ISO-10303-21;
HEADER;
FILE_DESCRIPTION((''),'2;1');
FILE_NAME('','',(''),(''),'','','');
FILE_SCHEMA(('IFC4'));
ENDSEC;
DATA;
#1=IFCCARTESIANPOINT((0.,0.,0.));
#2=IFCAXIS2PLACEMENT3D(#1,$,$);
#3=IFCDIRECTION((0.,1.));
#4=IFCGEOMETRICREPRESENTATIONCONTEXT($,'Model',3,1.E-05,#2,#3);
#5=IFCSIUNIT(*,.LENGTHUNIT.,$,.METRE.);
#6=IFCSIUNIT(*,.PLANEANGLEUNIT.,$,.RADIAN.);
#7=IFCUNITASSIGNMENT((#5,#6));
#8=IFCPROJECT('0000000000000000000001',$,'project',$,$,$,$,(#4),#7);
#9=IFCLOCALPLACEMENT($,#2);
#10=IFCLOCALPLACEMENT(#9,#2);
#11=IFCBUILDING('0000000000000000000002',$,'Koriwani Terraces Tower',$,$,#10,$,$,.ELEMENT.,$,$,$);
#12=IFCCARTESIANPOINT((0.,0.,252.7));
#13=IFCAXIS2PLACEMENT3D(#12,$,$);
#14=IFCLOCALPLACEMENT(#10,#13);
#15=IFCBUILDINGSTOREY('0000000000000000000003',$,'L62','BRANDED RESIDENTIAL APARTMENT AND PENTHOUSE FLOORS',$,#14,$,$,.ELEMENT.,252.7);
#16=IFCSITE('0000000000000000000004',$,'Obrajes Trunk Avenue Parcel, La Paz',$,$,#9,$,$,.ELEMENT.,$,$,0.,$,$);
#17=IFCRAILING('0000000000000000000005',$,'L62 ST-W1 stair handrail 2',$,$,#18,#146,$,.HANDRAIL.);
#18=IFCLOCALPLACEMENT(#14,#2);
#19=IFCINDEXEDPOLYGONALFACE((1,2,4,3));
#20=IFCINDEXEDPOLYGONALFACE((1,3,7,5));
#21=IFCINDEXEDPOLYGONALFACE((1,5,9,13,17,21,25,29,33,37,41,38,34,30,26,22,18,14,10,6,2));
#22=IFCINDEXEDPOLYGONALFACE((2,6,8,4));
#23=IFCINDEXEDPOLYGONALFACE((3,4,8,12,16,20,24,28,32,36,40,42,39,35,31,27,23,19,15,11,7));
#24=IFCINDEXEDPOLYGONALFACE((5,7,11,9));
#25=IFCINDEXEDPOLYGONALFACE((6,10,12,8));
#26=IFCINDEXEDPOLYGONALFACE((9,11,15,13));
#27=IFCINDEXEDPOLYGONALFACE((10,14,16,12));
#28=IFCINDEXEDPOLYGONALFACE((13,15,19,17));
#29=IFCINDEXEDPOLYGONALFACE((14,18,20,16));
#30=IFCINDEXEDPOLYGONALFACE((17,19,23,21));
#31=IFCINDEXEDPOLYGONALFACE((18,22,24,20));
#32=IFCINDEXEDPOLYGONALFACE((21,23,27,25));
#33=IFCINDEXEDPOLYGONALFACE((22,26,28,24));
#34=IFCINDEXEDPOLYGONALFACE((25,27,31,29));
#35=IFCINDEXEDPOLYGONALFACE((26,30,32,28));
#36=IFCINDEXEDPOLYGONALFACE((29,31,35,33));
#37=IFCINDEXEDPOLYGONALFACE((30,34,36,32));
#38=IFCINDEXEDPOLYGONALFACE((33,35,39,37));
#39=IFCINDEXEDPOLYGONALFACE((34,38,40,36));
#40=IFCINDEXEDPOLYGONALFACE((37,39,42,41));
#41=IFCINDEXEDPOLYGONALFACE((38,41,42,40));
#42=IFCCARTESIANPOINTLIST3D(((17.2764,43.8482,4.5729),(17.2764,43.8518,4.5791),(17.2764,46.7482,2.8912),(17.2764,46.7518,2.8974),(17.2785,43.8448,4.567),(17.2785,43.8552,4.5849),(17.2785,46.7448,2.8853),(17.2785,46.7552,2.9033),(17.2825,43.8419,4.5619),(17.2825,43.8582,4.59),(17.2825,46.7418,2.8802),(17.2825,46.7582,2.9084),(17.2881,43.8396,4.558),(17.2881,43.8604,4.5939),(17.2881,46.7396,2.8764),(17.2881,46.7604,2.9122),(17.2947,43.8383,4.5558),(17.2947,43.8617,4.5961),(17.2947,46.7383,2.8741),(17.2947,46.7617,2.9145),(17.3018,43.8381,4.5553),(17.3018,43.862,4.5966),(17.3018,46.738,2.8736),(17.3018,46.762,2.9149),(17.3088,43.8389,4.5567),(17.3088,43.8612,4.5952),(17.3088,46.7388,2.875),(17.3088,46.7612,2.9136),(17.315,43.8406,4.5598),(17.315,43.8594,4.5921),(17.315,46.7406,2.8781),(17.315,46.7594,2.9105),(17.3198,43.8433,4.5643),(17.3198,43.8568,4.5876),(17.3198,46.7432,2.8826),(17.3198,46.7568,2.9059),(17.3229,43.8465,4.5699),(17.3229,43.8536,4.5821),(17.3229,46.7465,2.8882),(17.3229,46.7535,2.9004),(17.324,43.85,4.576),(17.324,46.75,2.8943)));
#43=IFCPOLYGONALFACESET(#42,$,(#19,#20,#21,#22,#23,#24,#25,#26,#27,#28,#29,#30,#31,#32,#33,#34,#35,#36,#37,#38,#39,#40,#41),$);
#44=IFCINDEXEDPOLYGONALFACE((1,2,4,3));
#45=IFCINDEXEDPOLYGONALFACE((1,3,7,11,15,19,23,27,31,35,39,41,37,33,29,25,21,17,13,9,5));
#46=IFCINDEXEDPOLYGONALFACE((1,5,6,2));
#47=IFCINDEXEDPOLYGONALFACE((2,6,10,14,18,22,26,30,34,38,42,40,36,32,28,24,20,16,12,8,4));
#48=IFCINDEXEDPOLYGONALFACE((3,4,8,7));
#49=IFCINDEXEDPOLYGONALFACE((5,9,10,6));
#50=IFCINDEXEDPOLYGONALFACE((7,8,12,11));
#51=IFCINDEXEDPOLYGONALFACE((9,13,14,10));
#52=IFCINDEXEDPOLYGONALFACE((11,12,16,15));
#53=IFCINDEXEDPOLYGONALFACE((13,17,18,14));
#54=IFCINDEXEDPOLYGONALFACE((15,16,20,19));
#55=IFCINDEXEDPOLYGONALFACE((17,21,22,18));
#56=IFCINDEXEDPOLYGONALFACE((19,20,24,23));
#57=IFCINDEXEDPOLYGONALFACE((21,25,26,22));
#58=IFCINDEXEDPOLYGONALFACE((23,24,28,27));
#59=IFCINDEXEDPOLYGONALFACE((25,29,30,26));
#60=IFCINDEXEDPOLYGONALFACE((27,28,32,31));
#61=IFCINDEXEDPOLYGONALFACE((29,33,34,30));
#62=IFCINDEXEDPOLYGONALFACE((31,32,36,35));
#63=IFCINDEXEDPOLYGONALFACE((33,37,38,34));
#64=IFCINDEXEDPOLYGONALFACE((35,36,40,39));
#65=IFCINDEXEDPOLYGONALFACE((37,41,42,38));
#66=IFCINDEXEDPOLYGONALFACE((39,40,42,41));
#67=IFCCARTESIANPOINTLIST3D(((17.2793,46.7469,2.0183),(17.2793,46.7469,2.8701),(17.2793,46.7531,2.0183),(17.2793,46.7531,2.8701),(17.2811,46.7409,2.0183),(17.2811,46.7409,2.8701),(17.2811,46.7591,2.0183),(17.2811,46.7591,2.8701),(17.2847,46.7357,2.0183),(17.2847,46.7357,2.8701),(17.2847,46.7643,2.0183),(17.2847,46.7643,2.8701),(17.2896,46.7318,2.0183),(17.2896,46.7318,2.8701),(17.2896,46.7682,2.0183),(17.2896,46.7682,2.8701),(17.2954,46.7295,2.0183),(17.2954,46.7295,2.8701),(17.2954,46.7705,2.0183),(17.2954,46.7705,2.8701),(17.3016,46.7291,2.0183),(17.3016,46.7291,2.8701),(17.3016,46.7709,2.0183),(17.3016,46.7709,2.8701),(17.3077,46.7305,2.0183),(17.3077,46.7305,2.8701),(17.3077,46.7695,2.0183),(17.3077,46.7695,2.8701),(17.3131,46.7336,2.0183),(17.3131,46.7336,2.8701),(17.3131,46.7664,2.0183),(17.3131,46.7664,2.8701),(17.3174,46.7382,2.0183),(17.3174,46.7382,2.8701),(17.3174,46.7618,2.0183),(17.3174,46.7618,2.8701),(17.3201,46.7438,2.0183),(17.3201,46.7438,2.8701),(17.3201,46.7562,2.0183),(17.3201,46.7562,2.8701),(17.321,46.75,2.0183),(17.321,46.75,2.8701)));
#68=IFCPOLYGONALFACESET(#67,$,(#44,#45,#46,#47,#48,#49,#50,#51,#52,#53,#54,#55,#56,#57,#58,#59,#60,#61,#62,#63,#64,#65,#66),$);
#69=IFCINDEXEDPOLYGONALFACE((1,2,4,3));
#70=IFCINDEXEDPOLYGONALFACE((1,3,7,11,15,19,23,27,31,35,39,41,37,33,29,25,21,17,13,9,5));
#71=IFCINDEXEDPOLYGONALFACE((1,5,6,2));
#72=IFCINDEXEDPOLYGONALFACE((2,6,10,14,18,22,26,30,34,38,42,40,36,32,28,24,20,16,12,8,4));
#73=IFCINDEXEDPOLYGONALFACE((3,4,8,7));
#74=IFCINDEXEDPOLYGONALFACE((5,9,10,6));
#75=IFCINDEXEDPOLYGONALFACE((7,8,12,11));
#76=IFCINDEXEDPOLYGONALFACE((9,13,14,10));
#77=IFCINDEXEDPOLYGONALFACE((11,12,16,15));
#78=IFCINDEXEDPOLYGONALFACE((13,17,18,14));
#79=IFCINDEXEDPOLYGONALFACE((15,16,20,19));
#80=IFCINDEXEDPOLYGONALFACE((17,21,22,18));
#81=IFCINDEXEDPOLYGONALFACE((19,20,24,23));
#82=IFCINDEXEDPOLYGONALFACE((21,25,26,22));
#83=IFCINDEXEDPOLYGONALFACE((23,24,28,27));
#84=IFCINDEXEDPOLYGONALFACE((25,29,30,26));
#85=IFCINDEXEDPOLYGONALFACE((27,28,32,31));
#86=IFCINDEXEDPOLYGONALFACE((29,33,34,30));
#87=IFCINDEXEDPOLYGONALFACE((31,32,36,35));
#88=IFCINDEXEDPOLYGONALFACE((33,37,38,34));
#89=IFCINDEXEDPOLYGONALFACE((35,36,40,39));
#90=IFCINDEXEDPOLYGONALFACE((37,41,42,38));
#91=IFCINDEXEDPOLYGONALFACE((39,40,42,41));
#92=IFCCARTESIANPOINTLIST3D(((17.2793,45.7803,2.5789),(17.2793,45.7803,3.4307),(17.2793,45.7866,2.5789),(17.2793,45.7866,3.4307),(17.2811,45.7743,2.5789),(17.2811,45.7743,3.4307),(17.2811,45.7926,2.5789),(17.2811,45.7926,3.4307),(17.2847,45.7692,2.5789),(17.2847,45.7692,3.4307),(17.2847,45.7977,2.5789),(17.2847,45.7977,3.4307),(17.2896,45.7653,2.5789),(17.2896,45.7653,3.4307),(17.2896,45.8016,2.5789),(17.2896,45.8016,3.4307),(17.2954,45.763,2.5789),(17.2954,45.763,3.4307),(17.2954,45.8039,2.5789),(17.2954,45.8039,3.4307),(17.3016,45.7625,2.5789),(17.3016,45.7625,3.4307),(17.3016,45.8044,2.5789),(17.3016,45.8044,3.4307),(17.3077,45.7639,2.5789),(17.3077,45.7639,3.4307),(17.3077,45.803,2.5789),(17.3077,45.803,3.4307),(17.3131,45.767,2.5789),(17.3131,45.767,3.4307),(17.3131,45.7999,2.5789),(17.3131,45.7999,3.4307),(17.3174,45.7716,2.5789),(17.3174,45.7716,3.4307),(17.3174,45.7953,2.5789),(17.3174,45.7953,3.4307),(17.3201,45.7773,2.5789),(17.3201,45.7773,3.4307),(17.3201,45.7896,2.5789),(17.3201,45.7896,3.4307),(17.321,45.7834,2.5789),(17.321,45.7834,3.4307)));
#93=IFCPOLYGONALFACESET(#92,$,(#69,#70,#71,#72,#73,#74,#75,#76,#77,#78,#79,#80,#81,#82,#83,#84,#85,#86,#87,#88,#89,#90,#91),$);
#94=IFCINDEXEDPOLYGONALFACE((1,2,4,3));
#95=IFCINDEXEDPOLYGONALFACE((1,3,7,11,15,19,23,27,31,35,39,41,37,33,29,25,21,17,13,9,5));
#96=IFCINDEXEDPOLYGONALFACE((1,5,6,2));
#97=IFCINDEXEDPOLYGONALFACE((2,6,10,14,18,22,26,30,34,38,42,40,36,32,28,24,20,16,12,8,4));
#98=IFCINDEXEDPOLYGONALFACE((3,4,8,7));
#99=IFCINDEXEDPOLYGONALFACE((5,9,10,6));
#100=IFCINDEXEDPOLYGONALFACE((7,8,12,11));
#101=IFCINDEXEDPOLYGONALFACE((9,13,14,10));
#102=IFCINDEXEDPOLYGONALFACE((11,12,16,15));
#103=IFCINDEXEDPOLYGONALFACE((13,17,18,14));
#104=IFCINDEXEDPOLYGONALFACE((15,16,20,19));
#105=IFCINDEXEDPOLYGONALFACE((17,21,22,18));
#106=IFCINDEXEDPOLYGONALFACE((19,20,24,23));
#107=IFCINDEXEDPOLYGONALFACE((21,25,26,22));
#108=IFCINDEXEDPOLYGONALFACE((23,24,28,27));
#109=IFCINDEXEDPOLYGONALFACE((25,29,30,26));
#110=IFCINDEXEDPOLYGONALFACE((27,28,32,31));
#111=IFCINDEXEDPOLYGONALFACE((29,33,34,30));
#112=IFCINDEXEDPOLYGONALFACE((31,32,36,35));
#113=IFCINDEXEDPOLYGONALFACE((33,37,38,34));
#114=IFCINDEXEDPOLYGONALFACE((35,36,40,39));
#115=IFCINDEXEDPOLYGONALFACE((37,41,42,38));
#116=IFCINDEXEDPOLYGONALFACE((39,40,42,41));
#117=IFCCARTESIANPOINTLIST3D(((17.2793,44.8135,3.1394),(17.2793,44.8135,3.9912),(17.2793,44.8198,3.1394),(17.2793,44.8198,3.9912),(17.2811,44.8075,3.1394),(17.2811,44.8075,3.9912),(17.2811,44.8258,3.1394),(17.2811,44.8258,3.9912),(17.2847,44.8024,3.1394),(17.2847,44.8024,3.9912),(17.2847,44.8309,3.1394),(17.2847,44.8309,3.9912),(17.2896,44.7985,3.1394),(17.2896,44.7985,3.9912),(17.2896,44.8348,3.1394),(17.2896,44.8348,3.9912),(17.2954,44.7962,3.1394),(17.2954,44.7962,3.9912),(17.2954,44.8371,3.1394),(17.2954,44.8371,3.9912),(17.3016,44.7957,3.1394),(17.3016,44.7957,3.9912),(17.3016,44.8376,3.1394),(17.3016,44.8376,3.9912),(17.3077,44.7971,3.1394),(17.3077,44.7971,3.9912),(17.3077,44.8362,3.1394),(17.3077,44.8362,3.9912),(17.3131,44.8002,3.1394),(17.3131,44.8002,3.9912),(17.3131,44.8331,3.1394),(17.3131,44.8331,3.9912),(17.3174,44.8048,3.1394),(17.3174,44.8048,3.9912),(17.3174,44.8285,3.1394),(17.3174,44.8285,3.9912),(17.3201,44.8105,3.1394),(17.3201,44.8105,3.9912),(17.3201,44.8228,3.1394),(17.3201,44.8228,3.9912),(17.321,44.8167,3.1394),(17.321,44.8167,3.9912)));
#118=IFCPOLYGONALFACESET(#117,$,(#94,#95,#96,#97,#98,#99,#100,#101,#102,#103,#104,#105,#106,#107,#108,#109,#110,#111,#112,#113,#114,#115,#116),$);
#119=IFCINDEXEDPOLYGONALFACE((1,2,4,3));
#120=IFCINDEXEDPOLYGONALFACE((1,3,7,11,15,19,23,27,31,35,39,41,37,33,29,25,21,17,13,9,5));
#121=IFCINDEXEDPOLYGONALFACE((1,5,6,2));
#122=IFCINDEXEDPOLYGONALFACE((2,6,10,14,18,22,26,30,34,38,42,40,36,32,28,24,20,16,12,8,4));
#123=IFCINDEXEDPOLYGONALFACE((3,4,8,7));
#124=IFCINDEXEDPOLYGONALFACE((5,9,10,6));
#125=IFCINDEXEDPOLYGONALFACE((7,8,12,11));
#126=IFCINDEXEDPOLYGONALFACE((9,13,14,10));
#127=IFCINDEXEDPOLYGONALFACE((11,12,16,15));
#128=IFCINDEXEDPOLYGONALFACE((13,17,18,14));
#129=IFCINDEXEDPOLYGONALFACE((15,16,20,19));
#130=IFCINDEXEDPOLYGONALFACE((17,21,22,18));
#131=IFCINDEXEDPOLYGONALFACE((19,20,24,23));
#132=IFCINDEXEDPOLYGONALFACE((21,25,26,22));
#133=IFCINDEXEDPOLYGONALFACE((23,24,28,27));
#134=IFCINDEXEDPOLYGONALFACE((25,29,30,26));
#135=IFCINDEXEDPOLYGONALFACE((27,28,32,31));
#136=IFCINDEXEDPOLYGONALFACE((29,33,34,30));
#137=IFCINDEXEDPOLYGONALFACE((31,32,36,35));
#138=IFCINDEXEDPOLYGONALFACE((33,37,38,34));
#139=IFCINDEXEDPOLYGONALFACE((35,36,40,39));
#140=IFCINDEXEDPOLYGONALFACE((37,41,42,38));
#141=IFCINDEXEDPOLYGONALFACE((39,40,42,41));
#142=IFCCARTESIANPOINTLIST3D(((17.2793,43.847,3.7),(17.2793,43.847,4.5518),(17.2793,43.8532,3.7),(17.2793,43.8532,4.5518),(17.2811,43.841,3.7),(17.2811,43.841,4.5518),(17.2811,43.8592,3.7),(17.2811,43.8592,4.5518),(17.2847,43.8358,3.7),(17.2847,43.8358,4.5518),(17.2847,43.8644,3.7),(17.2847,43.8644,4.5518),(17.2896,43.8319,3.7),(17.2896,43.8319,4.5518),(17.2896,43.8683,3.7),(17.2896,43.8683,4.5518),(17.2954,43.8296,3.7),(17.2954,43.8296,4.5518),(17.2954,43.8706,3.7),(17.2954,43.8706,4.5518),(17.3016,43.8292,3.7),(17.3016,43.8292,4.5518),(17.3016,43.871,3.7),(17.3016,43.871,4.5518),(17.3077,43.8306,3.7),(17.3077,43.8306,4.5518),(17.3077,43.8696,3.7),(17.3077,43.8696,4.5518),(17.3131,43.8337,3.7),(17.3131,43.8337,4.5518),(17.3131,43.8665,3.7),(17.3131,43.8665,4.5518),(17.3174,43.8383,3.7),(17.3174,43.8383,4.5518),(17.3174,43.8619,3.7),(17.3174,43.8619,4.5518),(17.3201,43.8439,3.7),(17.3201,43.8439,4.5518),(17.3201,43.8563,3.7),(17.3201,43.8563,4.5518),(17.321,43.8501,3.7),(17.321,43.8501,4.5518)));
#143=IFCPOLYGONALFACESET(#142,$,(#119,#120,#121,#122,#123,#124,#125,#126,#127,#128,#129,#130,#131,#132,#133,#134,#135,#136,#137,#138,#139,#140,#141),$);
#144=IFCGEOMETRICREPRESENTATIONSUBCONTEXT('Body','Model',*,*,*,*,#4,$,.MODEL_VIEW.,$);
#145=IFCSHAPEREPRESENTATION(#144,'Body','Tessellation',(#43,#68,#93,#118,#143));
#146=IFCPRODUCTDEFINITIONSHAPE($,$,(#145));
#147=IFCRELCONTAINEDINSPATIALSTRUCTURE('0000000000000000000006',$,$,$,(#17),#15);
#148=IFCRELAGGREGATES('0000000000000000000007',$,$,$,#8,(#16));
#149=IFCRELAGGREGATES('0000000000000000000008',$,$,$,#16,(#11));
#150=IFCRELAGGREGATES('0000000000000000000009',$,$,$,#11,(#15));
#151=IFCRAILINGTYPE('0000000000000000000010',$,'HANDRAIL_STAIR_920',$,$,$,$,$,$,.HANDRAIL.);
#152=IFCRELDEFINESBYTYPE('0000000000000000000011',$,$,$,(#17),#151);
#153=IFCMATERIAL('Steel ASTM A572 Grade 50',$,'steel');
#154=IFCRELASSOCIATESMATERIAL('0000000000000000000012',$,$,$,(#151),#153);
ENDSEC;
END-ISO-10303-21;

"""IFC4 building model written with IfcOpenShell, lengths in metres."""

from ifc_helpers import new_model, si_unit, direction, frame, origin, origin_2d, place, context, subcontext, project, spatial, circle, extrude, material, type_object, element, save


model = new_model("IFC4")

# Units and contexts
model_context = context("Model", 3, precision=1e-05, world=origin(), true_north=direction((0.0, 1.0)))
body_context = subcontext(model_context, "Body", "Model", "MODEL_VIEW")
ifc_project = project(units=[si_unit("LENGTHUNIT", "METRE"), si_unit("PLANEANGLEUNIT", "RADIAN")], contexts=[model_context])

# Site, building, storey
site_placement = place(None, origin())
site = spatial("IfcSite", under=ifc_project, at=site_placement, Name="Obrajes Trunk Avenue Parcel, La Paz", CompositionType="ELEMENT", RefElevation=0.0)
building_placement = place(site_placement, origin())
building = spatial("IfcBuilding", under=site, at=building_placement, Name="Koriwani Terraces Tower", CompositionType="ELEMENT")
storey_placement = place(building_placement, frame((0.0, 0.0, 252.7)))
storey = spatial("IfcBuildingStorey", under=building, at=storey_placement, Name="L62", Description="BRANDED RESIDENTIAL APARTMENT AND PENTHOUSE FLOORS", CompositionType="ELEMENT", Elevation=252.7)

# Shared definitions
ifc_material_1 = material(Name="Steel ASTM A572 Grade 50", Category="steel")

# Railing
railing_type_1 = type_object("IfcRailingType", Name="HANDRAIL_STAIR_920", PredefinedType="HANDRAIL", material=ifc_material_1)
railing_1_placement = place(storey_placement, frame((17.3, 46.75, 2.0183)))
element("IfcRailing", 1, at=railing_1_placement, inside=storey, type_object=railing_type_1, Name="L62 ST-W1 stair handrail 2", PredefinedType="HANDRAIL", context=body_context, shape_type="SweptSolid", body=[
    extrude(circle(Radius=0.0239, at=origin_2d()), frame((0.0, 0.0, 0.876), z_axis=(0.0, -0.86507, 0.501651), x_axis=(1.0, 0.0, 0.0)), (0.0, 0.0, 1.0), 3.3523),
    extrude(circle(Radius=0.021, at=origin_2d()), origin(), (0.0, 0.0, 1.0), 0.8518),
    extrude(circle(Radius=0.021, at=origin_2d()), frame((0.0, -0.9666, 0.5605)), (0.0, 0.0, 1.0), 0.8518),
    extrude(circle(Radius=0.021, at=origin_2d()), frame((0.0, -1.9333, 1.1211)), (0.0, 0.0, 1.0), 0.8518),
    extrude(circle(Radius=0.021, at=origin_2d()), frame((0.0, -2.8999, 1.6816)), (0.0, 0.0, 1.0), 0.8518),
])

save(model, "model.ifc")
